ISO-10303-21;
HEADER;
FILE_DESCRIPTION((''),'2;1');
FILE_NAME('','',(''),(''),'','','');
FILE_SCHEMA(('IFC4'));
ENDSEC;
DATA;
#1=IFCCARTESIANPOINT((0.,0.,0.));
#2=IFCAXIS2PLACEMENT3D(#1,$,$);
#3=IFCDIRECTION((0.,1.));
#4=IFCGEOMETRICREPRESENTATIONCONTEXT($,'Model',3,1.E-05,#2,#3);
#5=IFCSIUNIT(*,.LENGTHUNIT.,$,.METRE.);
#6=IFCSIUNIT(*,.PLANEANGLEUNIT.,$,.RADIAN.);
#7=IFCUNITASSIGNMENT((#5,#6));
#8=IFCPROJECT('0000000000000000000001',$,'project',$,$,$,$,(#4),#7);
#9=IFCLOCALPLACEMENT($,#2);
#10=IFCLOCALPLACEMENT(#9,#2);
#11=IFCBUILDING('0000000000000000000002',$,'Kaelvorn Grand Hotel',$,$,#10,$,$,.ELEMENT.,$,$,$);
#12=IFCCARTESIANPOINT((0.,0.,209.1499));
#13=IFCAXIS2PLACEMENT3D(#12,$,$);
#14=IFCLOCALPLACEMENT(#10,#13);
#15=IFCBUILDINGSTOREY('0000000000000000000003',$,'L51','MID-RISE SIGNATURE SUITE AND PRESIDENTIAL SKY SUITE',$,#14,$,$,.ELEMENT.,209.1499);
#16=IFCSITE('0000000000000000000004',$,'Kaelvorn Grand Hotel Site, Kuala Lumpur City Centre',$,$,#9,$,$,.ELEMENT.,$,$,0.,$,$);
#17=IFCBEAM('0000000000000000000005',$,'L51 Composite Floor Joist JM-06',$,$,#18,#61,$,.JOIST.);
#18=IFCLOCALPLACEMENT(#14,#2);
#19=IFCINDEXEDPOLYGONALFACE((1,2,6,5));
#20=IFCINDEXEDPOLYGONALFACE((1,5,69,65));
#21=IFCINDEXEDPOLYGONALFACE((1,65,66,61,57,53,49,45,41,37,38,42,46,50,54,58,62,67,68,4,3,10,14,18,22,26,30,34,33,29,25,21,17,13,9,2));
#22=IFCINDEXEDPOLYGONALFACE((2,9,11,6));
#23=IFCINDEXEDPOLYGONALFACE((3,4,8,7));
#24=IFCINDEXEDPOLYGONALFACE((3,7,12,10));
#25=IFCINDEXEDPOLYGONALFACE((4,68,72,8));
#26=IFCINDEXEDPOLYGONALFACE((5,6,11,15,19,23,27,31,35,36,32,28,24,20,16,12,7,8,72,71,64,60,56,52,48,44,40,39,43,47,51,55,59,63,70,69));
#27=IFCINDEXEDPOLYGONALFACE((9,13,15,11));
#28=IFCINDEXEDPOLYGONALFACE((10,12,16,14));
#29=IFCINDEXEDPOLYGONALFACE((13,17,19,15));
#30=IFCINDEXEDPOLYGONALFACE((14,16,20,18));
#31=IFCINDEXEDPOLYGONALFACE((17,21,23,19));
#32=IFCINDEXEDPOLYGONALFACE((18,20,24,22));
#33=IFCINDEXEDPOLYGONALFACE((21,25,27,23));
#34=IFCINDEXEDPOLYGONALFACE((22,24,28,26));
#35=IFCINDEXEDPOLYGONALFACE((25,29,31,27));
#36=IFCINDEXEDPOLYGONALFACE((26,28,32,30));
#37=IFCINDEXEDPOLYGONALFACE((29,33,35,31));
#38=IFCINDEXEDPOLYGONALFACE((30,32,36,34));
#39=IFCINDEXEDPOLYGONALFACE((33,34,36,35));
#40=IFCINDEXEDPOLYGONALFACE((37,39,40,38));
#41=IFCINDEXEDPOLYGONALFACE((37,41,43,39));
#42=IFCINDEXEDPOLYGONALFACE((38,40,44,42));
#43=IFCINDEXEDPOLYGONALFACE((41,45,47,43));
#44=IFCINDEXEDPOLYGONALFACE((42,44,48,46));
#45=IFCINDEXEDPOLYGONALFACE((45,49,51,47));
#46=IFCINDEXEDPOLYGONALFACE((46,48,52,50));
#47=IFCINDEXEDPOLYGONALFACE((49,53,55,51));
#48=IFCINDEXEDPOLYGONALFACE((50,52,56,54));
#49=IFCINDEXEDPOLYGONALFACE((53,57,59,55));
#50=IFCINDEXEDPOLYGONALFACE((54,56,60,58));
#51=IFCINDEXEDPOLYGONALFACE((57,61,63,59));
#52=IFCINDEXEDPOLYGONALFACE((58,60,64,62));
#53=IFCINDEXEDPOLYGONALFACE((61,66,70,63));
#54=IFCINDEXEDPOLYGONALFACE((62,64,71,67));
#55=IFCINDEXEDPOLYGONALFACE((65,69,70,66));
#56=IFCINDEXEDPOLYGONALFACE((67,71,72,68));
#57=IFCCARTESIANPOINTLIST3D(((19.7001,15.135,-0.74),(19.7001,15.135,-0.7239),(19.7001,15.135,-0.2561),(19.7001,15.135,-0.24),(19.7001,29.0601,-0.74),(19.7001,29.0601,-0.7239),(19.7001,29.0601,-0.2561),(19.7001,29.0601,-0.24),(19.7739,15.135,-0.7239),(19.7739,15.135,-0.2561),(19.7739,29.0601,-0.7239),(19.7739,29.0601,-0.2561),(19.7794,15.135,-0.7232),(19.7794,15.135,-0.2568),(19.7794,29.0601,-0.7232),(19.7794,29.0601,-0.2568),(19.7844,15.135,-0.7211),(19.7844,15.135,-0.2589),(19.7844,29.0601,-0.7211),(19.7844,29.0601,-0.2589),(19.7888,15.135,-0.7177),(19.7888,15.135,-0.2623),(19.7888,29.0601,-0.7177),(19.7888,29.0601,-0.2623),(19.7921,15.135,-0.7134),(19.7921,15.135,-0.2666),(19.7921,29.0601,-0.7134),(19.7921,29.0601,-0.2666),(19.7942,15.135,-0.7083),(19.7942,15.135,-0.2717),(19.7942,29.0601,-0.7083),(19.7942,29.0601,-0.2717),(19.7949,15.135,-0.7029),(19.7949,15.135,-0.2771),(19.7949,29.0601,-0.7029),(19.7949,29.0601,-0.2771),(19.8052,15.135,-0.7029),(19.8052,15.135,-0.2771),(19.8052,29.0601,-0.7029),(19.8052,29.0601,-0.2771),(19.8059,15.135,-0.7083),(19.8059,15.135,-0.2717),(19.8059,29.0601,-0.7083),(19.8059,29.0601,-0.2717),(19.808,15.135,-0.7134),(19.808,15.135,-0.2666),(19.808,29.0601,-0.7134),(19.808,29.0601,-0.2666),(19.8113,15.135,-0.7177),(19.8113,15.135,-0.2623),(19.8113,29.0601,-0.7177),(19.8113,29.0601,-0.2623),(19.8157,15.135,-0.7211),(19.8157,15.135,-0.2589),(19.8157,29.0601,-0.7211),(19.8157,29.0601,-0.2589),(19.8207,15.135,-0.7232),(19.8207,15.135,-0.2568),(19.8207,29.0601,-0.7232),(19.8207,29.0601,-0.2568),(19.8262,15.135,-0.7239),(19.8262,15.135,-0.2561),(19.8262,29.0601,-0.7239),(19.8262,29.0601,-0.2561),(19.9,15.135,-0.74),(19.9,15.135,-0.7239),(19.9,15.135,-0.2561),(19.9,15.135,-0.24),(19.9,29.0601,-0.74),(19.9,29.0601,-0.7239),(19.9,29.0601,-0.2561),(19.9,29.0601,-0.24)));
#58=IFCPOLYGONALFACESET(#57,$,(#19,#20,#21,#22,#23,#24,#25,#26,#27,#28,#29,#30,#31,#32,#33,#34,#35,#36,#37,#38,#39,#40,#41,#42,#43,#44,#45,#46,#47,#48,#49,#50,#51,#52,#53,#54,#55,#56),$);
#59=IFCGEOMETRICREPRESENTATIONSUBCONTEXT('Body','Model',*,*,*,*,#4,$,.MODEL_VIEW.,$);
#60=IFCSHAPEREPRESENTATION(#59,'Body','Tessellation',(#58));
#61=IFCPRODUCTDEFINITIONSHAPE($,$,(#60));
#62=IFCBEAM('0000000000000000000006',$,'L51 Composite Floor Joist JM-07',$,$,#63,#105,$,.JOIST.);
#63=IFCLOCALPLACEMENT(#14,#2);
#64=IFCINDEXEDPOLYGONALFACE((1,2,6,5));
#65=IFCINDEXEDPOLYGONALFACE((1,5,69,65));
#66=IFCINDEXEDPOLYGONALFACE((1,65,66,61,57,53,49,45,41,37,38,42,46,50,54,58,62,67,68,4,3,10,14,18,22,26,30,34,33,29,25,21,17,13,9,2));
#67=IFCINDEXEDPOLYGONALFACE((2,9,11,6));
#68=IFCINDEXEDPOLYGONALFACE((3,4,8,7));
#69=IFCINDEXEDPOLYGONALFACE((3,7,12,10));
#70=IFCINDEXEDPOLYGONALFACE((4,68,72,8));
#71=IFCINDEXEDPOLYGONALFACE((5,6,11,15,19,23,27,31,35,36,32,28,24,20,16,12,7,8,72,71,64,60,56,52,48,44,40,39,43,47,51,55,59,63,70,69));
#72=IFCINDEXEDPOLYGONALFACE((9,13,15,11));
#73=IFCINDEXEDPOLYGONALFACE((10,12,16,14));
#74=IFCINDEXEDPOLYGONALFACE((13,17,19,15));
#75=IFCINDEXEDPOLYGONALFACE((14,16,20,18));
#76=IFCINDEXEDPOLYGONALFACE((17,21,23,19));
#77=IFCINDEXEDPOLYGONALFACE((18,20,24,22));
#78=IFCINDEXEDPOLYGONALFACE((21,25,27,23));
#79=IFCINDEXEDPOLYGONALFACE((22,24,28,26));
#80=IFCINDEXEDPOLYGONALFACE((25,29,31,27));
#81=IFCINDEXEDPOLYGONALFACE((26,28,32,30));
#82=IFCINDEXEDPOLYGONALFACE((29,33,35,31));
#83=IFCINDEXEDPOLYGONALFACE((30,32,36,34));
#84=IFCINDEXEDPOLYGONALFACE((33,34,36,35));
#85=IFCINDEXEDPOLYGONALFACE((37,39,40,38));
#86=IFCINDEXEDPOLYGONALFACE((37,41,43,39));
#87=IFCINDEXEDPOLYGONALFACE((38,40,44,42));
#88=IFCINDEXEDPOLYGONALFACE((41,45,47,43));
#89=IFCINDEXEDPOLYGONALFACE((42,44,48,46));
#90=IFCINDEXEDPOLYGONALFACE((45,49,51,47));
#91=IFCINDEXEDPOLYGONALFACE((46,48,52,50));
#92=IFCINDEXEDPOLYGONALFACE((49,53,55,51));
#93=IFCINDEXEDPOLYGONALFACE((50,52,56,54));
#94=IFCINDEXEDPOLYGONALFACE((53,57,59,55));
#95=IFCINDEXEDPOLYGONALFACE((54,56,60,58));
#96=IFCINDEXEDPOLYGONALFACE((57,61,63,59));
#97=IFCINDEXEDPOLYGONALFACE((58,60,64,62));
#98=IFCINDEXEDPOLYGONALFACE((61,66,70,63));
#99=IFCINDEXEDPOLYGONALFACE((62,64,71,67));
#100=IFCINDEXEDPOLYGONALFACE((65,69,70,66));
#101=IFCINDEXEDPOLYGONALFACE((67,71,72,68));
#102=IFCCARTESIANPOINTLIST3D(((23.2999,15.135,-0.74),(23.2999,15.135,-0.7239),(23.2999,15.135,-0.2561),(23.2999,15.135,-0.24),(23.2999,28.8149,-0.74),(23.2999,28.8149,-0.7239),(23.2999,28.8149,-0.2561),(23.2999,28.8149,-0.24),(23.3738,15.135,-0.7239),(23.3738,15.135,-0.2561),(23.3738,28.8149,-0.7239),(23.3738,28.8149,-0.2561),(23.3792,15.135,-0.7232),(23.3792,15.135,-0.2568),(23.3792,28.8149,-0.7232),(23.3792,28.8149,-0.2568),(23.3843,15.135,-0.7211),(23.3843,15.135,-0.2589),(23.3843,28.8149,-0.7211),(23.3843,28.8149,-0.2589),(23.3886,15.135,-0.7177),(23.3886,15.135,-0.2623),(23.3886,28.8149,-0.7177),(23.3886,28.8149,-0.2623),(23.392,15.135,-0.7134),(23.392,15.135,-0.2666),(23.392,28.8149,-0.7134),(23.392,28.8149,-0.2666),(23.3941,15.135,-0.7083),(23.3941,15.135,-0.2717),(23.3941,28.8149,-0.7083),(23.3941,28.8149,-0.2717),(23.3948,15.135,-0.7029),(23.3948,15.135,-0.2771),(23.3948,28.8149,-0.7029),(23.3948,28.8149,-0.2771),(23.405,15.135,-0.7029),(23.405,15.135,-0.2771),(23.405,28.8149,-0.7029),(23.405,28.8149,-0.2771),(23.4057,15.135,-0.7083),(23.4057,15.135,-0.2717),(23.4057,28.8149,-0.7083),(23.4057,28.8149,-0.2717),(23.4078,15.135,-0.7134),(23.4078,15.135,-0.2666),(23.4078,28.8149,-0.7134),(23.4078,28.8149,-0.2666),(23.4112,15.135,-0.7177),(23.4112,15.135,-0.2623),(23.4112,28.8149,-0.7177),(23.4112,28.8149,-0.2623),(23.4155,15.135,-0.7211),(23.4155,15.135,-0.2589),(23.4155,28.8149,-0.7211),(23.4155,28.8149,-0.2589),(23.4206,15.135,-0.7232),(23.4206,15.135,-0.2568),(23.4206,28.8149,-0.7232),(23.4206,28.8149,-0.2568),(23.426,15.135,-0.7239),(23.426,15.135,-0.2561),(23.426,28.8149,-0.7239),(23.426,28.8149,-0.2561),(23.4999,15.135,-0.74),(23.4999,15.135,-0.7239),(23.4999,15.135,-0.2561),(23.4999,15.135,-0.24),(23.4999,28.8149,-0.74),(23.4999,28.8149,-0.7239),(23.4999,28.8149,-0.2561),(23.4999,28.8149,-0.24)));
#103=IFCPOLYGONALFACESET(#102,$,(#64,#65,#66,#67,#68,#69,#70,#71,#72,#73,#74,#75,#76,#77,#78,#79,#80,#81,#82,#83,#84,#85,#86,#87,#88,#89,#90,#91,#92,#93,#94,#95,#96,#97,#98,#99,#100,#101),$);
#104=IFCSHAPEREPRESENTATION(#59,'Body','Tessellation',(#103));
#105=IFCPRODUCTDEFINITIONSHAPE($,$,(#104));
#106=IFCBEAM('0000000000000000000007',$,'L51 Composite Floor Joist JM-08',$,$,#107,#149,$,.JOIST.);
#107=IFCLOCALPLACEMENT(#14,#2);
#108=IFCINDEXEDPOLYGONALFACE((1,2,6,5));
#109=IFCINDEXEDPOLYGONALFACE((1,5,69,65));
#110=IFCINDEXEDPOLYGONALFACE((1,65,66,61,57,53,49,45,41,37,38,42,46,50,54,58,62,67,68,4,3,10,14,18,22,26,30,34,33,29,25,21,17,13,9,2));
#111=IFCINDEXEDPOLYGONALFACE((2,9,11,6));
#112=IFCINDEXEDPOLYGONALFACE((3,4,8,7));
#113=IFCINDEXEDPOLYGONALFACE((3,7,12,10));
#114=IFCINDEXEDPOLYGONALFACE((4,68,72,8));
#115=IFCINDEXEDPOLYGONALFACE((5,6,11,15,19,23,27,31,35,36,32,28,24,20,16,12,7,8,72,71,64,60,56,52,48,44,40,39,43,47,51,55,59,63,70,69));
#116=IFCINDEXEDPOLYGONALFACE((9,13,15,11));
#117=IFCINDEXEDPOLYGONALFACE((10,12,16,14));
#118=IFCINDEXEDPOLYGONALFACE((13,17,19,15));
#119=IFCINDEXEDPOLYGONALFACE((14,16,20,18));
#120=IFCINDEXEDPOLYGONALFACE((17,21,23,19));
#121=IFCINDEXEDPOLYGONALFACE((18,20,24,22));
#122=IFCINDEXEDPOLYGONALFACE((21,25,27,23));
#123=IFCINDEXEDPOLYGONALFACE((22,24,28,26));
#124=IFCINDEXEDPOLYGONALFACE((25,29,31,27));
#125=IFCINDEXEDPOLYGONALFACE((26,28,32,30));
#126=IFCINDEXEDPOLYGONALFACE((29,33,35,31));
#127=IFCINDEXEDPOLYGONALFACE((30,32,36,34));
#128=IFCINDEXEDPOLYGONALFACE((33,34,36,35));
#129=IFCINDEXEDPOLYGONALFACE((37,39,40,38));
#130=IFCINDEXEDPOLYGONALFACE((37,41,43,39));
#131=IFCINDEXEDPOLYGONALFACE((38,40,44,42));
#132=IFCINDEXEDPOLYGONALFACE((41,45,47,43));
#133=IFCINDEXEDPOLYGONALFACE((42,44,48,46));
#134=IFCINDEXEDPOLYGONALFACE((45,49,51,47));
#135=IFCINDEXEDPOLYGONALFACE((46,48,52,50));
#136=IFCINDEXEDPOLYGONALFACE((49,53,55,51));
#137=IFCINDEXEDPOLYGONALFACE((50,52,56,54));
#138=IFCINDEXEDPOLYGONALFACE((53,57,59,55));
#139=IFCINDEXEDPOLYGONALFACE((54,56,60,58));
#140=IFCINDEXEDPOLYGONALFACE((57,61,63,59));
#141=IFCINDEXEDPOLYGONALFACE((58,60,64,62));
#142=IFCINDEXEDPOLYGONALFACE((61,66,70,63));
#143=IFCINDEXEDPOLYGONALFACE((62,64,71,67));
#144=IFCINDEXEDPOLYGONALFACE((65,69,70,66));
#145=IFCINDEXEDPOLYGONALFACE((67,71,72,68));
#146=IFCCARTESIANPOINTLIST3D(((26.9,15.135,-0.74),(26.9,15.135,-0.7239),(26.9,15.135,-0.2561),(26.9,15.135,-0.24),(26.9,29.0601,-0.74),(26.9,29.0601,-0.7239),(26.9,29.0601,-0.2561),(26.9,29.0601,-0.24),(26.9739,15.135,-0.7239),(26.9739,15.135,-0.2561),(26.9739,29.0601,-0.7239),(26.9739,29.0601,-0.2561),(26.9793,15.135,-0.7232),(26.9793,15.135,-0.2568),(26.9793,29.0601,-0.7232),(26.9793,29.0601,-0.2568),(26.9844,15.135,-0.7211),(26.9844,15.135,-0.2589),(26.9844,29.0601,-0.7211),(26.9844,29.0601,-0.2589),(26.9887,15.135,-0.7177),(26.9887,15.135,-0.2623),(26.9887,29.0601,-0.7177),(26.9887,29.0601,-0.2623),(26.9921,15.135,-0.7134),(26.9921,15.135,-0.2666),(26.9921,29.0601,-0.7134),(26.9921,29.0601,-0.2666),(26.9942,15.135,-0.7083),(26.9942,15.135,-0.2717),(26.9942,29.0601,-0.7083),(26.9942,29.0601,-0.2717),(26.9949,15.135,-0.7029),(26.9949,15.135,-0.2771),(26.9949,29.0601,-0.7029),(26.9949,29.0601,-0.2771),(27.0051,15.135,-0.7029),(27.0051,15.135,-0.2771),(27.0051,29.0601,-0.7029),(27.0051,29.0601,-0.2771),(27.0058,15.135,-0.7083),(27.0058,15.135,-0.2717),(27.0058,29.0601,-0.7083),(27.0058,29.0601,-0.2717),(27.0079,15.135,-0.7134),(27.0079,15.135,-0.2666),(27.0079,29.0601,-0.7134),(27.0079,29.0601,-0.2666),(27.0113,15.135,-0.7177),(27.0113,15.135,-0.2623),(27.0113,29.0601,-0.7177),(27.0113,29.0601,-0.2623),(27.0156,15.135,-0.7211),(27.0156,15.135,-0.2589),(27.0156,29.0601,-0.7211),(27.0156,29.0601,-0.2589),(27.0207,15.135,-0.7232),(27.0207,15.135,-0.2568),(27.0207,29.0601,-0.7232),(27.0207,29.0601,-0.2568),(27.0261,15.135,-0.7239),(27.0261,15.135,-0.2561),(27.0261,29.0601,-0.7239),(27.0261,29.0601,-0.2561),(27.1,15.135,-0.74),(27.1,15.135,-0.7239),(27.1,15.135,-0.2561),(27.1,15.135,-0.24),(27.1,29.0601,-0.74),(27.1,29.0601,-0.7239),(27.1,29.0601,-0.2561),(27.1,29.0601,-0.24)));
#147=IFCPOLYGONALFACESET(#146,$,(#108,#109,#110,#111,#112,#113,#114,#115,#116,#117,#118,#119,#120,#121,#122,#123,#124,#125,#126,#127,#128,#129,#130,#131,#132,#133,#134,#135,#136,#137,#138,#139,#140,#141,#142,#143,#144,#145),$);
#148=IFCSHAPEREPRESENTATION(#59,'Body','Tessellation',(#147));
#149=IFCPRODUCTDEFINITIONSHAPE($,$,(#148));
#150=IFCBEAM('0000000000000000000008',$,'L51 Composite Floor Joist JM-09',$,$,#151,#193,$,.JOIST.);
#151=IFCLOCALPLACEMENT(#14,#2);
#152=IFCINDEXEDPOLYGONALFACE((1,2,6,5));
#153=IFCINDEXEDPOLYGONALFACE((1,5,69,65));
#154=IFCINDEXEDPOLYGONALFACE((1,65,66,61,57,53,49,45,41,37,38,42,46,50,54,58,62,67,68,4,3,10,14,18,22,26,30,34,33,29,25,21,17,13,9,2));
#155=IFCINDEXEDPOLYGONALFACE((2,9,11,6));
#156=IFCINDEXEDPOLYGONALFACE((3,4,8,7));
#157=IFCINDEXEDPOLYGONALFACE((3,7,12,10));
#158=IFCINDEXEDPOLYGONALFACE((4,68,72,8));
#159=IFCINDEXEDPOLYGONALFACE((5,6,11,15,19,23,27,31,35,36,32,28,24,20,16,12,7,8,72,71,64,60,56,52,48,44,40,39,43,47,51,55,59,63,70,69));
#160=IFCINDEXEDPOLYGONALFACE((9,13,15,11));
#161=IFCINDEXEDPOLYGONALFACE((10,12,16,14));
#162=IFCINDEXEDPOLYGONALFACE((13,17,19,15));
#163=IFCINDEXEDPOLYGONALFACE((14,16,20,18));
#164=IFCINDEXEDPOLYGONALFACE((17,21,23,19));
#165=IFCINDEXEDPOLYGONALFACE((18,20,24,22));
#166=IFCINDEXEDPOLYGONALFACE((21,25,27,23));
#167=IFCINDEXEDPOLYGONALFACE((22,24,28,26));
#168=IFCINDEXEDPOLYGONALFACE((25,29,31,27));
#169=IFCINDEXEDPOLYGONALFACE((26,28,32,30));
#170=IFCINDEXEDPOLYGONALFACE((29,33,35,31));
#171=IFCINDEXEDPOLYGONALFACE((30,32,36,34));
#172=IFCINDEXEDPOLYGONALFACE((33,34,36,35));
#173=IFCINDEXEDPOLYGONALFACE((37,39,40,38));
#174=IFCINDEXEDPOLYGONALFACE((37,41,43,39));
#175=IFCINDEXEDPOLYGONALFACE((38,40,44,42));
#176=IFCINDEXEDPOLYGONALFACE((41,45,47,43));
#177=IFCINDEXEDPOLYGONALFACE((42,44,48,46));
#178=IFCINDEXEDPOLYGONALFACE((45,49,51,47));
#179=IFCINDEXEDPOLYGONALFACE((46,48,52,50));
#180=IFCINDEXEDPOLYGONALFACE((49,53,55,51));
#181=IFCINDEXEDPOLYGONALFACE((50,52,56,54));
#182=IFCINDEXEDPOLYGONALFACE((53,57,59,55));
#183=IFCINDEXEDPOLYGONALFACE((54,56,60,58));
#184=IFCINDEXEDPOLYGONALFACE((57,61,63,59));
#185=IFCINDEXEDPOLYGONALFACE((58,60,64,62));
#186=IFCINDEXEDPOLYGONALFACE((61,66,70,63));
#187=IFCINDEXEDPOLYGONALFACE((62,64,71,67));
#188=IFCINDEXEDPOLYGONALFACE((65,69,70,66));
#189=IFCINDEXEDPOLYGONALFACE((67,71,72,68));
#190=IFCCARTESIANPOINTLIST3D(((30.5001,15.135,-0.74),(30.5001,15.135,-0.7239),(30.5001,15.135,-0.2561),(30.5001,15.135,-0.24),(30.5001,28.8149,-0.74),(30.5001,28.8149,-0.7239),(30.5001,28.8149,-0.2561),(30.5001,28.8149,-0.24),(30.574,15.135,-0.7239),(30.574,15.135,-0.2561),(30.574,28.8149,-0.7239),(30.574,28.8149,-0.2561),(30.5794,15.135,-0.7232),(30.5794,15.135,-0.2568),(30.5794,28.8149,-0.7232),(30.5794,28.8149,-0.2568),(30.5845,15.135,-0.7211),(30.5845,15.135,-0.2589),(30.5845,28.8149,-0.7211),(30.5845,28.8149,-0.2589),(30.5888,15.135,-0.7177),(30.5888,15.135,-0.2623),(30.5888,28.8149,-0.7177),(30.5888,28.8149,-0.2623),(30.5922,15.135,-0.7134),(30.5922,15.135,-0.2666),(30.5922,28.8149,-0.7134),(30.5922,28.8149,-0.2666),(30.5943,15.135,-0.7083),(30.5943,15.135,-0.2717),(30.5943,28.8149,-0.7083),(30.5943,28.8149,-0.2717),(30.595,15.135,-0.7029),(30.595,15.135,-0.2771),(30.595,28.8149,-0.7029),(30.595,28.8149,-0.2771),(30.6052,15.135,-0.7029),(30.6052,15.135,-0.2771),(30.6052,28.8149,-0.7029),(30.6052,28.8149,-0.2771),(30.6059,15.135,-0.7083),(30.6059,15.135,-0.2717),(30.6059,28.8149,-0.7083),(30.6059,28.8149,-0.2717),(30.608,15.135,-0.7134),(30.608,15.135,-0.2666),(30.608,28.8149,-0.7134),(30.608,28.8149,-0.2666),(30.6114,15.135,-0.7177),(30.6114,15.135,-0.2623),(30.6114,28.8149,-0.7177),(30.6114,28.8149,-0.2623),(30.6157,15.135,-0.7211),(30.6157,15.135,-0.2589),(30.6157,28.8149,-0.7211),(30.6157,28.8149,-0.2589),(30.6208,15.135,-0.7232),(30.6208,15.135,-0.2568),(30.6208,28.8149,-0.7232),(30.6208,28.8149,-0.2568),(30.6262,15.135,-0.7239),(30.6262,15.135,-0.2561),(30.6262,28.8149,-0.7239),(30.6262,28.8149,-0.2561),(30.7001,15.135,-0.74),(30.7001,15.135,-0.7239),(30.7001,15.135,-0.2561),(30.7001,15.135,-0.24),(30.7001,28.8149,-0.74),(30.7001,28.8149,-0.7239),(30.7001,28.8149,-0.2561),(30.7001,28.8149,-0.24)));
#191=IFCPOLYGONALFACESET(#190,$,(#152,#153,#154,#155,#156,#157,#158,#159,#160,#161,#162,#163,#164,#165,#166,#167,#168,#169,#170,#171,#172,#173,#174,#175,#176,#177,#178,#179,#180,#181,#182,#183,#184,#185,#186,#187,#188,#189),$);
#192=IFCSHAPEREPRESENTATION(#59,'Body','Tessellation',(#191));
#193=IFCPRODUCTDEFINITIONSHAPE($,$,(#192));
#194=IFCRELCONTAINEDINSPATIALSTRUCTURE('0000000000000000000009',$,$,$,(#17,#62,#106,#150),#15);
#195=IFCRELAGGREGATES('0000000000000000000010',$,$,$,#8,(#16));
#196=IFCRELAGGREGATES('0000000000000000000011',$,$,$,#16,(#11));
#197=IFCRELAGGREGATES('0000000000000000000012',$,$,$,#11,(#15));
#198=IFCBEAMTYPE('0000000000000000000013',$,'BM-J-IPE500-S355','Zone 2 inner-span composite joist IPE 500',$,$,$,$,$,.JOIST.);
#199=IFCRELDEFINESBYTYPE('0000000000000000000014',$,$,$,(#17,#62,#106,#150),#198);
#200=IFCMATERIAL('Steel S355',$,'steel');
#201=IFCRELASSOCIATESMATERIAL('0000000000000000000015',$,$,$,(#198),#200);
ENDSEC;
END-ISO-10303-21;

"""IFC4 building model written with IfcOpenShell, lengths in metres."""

from ifc_helpers import new_model, si_unit, direction, frame, origin, origin_2d, place, context, subcontext, project, spatial, i_section, extrude, material, material_profile, profile_set, type_object, element, save


model = new_model("IFC4")

# Units and contexts
model_context = context("Model", 3, precision=1e-05, world=origin(), true_north=direction((0.0, 1.0)))
body_context = subcontext(model_context, "Body", "Model", "MODEL_VIEW")
ifc_project = project(units=[si_unit("LENGTHUNIT", "METRE"), si_unit("PLANEANGLEUNIT", "RADIAN")], contexts=[model_context])

# Site, building, storey
site_placement = place(None, origin())
site = spatial("IfcSite", under=ifc_project, at=site_placement, Name="Kaelvorn Grand Hotel Site, Kuala Lumpur City Centre", CompositionType="ELEMENT", RefElevation=0.0)
building_placement = place(site_placement, origin())
building = spatial("IfcBuilding", under=site, at=building_placement, Name="Kaelvorn Grand Hotel", CompositionType="ELEMENT")
storey_placement = place(building_placement, frame((0.0, 0.0, 209.1499)))
storey = spatial("IfcBuildingStorey", under=building, at=storey_placement, Name="L51", Description="MID-RISE SIGNATURE SUITE AND PRESIDENTIAL SKY SUITE", CompositionType="ELEMENT", Elevation=209.1499)

# Beams
ifc_material_1 = material(Name="Steel S355", Category="steel")
ifc_material_profile_1 = material_profile(ifc_material_1, i_section(OverallWidth=0.2, OverallDepth=0.5, WebThickness=0.0103, FlangeThickness=0.0161, FilletRadius=0.021, at=origin_2d()), Name="IPE 500")
ifc_profile_set_1 = profile_set([ifc_material_profile_1], Name="Steel S355")
beam_type_1 = type_object("IfcBeamType", Name="BM-J-IPE500-S355", Description="Zone 2 inner-span composite joist IPE 500", PredefinedType="JOIST", material=ifc_profile_set_1)
beam_1_placement = place(storey_placement, frame((19.8, 15.135, -0.49), z_axis=(0.0, 1.0, 0.0), x_axis=(-1.0, 0.0, 0.0)))
element("IfcBeam", 1, at=beam_1_placement, inside=storey, type_object=beam_type_1, Name="L51 Composite Floor Joist JM-06", PredefinedType="JOIST", context=body_context, shape_type="SweptSolid", body=[
    extrude(i_section(OverallWidth=0.2, OverallDepth=0.5, WebThickness=0.0103, FlangeThickness=0.0161, FilletRadius=0.021, at=origin_2d()), origin(), (0.0, 0.0, 1.0), 13.925),
])
beam_2_placement = place(storey_placement, frame((23.3999, 15.135, -0.49), z_axis=(0.0, 1.0, 0.0), x_axis=(-1.0, 0.0, 0.0)))
element("IfcBeam", 2, at=beam_2_placement, inside=storey, type_object=beam_type_1, Name="L51 Composite Floor Joist JM-07", PredefinedType="JOIST", context=body_context, shape_type="SweptSolid", body=[
    extrude(i_section(OverallWidth=0.2, OverallDepth=0.5, WebThickness=0.0103, FlangeThickness=0.0161, FilletRadius=0.021, at=origin_2d()), origin(), (0.0, 0.0, 1.0), 13.6799),
])
beam_3_placement = place(storey_placement, frame((27.0, 15.135, -0.49), z_axis=(0.0, 1.0, 0.0), x_axis=(-1.0, 0.0, 0.0)))
element("IfcBeam", 3, at=beam_3_placement, inside=storey, type_object=beam_type_1, Name="L51 Composite Floor Joist JM-08", PredefinedType="JOIST", context=body_context, shape_type="SweptSolid", body=[
    extrude(i_section(OverallWidth=0.2, OverallDepth=0.5, WebThickness=0.0103, FlangeThickness=0.0161, FilletRadius=0.021, at=origin_2d()), origin(), (0.0, 0.0, 1.0), 13.925),
])
beam_4_placement = place(storey_placement, frame((30.6001, 15.135, -0.49), z_axis=(0.0, 1.0, 0.0), x_axis=(-1.0, 0.0, 0.0)))
element("IfcBeam", 4, at=beam_4_placement, inside=storey, type_object=beam_type_1, Name="L51 Composite Floor Joist JM-09", PredefinedType="JOIST", context=body_context, shape_type="SweptSolid", body=[
    extrude(i_section(OverallWidth=0.2, OverallDepth=0.5, WebThickness=0.0103, FlangeThickness=0.0161, FilletRadius=0.021, at=origin_2d()), origin(), (0.0, 0.0, 1.0), 13.6799),
])

save(model, "model.ifc")
